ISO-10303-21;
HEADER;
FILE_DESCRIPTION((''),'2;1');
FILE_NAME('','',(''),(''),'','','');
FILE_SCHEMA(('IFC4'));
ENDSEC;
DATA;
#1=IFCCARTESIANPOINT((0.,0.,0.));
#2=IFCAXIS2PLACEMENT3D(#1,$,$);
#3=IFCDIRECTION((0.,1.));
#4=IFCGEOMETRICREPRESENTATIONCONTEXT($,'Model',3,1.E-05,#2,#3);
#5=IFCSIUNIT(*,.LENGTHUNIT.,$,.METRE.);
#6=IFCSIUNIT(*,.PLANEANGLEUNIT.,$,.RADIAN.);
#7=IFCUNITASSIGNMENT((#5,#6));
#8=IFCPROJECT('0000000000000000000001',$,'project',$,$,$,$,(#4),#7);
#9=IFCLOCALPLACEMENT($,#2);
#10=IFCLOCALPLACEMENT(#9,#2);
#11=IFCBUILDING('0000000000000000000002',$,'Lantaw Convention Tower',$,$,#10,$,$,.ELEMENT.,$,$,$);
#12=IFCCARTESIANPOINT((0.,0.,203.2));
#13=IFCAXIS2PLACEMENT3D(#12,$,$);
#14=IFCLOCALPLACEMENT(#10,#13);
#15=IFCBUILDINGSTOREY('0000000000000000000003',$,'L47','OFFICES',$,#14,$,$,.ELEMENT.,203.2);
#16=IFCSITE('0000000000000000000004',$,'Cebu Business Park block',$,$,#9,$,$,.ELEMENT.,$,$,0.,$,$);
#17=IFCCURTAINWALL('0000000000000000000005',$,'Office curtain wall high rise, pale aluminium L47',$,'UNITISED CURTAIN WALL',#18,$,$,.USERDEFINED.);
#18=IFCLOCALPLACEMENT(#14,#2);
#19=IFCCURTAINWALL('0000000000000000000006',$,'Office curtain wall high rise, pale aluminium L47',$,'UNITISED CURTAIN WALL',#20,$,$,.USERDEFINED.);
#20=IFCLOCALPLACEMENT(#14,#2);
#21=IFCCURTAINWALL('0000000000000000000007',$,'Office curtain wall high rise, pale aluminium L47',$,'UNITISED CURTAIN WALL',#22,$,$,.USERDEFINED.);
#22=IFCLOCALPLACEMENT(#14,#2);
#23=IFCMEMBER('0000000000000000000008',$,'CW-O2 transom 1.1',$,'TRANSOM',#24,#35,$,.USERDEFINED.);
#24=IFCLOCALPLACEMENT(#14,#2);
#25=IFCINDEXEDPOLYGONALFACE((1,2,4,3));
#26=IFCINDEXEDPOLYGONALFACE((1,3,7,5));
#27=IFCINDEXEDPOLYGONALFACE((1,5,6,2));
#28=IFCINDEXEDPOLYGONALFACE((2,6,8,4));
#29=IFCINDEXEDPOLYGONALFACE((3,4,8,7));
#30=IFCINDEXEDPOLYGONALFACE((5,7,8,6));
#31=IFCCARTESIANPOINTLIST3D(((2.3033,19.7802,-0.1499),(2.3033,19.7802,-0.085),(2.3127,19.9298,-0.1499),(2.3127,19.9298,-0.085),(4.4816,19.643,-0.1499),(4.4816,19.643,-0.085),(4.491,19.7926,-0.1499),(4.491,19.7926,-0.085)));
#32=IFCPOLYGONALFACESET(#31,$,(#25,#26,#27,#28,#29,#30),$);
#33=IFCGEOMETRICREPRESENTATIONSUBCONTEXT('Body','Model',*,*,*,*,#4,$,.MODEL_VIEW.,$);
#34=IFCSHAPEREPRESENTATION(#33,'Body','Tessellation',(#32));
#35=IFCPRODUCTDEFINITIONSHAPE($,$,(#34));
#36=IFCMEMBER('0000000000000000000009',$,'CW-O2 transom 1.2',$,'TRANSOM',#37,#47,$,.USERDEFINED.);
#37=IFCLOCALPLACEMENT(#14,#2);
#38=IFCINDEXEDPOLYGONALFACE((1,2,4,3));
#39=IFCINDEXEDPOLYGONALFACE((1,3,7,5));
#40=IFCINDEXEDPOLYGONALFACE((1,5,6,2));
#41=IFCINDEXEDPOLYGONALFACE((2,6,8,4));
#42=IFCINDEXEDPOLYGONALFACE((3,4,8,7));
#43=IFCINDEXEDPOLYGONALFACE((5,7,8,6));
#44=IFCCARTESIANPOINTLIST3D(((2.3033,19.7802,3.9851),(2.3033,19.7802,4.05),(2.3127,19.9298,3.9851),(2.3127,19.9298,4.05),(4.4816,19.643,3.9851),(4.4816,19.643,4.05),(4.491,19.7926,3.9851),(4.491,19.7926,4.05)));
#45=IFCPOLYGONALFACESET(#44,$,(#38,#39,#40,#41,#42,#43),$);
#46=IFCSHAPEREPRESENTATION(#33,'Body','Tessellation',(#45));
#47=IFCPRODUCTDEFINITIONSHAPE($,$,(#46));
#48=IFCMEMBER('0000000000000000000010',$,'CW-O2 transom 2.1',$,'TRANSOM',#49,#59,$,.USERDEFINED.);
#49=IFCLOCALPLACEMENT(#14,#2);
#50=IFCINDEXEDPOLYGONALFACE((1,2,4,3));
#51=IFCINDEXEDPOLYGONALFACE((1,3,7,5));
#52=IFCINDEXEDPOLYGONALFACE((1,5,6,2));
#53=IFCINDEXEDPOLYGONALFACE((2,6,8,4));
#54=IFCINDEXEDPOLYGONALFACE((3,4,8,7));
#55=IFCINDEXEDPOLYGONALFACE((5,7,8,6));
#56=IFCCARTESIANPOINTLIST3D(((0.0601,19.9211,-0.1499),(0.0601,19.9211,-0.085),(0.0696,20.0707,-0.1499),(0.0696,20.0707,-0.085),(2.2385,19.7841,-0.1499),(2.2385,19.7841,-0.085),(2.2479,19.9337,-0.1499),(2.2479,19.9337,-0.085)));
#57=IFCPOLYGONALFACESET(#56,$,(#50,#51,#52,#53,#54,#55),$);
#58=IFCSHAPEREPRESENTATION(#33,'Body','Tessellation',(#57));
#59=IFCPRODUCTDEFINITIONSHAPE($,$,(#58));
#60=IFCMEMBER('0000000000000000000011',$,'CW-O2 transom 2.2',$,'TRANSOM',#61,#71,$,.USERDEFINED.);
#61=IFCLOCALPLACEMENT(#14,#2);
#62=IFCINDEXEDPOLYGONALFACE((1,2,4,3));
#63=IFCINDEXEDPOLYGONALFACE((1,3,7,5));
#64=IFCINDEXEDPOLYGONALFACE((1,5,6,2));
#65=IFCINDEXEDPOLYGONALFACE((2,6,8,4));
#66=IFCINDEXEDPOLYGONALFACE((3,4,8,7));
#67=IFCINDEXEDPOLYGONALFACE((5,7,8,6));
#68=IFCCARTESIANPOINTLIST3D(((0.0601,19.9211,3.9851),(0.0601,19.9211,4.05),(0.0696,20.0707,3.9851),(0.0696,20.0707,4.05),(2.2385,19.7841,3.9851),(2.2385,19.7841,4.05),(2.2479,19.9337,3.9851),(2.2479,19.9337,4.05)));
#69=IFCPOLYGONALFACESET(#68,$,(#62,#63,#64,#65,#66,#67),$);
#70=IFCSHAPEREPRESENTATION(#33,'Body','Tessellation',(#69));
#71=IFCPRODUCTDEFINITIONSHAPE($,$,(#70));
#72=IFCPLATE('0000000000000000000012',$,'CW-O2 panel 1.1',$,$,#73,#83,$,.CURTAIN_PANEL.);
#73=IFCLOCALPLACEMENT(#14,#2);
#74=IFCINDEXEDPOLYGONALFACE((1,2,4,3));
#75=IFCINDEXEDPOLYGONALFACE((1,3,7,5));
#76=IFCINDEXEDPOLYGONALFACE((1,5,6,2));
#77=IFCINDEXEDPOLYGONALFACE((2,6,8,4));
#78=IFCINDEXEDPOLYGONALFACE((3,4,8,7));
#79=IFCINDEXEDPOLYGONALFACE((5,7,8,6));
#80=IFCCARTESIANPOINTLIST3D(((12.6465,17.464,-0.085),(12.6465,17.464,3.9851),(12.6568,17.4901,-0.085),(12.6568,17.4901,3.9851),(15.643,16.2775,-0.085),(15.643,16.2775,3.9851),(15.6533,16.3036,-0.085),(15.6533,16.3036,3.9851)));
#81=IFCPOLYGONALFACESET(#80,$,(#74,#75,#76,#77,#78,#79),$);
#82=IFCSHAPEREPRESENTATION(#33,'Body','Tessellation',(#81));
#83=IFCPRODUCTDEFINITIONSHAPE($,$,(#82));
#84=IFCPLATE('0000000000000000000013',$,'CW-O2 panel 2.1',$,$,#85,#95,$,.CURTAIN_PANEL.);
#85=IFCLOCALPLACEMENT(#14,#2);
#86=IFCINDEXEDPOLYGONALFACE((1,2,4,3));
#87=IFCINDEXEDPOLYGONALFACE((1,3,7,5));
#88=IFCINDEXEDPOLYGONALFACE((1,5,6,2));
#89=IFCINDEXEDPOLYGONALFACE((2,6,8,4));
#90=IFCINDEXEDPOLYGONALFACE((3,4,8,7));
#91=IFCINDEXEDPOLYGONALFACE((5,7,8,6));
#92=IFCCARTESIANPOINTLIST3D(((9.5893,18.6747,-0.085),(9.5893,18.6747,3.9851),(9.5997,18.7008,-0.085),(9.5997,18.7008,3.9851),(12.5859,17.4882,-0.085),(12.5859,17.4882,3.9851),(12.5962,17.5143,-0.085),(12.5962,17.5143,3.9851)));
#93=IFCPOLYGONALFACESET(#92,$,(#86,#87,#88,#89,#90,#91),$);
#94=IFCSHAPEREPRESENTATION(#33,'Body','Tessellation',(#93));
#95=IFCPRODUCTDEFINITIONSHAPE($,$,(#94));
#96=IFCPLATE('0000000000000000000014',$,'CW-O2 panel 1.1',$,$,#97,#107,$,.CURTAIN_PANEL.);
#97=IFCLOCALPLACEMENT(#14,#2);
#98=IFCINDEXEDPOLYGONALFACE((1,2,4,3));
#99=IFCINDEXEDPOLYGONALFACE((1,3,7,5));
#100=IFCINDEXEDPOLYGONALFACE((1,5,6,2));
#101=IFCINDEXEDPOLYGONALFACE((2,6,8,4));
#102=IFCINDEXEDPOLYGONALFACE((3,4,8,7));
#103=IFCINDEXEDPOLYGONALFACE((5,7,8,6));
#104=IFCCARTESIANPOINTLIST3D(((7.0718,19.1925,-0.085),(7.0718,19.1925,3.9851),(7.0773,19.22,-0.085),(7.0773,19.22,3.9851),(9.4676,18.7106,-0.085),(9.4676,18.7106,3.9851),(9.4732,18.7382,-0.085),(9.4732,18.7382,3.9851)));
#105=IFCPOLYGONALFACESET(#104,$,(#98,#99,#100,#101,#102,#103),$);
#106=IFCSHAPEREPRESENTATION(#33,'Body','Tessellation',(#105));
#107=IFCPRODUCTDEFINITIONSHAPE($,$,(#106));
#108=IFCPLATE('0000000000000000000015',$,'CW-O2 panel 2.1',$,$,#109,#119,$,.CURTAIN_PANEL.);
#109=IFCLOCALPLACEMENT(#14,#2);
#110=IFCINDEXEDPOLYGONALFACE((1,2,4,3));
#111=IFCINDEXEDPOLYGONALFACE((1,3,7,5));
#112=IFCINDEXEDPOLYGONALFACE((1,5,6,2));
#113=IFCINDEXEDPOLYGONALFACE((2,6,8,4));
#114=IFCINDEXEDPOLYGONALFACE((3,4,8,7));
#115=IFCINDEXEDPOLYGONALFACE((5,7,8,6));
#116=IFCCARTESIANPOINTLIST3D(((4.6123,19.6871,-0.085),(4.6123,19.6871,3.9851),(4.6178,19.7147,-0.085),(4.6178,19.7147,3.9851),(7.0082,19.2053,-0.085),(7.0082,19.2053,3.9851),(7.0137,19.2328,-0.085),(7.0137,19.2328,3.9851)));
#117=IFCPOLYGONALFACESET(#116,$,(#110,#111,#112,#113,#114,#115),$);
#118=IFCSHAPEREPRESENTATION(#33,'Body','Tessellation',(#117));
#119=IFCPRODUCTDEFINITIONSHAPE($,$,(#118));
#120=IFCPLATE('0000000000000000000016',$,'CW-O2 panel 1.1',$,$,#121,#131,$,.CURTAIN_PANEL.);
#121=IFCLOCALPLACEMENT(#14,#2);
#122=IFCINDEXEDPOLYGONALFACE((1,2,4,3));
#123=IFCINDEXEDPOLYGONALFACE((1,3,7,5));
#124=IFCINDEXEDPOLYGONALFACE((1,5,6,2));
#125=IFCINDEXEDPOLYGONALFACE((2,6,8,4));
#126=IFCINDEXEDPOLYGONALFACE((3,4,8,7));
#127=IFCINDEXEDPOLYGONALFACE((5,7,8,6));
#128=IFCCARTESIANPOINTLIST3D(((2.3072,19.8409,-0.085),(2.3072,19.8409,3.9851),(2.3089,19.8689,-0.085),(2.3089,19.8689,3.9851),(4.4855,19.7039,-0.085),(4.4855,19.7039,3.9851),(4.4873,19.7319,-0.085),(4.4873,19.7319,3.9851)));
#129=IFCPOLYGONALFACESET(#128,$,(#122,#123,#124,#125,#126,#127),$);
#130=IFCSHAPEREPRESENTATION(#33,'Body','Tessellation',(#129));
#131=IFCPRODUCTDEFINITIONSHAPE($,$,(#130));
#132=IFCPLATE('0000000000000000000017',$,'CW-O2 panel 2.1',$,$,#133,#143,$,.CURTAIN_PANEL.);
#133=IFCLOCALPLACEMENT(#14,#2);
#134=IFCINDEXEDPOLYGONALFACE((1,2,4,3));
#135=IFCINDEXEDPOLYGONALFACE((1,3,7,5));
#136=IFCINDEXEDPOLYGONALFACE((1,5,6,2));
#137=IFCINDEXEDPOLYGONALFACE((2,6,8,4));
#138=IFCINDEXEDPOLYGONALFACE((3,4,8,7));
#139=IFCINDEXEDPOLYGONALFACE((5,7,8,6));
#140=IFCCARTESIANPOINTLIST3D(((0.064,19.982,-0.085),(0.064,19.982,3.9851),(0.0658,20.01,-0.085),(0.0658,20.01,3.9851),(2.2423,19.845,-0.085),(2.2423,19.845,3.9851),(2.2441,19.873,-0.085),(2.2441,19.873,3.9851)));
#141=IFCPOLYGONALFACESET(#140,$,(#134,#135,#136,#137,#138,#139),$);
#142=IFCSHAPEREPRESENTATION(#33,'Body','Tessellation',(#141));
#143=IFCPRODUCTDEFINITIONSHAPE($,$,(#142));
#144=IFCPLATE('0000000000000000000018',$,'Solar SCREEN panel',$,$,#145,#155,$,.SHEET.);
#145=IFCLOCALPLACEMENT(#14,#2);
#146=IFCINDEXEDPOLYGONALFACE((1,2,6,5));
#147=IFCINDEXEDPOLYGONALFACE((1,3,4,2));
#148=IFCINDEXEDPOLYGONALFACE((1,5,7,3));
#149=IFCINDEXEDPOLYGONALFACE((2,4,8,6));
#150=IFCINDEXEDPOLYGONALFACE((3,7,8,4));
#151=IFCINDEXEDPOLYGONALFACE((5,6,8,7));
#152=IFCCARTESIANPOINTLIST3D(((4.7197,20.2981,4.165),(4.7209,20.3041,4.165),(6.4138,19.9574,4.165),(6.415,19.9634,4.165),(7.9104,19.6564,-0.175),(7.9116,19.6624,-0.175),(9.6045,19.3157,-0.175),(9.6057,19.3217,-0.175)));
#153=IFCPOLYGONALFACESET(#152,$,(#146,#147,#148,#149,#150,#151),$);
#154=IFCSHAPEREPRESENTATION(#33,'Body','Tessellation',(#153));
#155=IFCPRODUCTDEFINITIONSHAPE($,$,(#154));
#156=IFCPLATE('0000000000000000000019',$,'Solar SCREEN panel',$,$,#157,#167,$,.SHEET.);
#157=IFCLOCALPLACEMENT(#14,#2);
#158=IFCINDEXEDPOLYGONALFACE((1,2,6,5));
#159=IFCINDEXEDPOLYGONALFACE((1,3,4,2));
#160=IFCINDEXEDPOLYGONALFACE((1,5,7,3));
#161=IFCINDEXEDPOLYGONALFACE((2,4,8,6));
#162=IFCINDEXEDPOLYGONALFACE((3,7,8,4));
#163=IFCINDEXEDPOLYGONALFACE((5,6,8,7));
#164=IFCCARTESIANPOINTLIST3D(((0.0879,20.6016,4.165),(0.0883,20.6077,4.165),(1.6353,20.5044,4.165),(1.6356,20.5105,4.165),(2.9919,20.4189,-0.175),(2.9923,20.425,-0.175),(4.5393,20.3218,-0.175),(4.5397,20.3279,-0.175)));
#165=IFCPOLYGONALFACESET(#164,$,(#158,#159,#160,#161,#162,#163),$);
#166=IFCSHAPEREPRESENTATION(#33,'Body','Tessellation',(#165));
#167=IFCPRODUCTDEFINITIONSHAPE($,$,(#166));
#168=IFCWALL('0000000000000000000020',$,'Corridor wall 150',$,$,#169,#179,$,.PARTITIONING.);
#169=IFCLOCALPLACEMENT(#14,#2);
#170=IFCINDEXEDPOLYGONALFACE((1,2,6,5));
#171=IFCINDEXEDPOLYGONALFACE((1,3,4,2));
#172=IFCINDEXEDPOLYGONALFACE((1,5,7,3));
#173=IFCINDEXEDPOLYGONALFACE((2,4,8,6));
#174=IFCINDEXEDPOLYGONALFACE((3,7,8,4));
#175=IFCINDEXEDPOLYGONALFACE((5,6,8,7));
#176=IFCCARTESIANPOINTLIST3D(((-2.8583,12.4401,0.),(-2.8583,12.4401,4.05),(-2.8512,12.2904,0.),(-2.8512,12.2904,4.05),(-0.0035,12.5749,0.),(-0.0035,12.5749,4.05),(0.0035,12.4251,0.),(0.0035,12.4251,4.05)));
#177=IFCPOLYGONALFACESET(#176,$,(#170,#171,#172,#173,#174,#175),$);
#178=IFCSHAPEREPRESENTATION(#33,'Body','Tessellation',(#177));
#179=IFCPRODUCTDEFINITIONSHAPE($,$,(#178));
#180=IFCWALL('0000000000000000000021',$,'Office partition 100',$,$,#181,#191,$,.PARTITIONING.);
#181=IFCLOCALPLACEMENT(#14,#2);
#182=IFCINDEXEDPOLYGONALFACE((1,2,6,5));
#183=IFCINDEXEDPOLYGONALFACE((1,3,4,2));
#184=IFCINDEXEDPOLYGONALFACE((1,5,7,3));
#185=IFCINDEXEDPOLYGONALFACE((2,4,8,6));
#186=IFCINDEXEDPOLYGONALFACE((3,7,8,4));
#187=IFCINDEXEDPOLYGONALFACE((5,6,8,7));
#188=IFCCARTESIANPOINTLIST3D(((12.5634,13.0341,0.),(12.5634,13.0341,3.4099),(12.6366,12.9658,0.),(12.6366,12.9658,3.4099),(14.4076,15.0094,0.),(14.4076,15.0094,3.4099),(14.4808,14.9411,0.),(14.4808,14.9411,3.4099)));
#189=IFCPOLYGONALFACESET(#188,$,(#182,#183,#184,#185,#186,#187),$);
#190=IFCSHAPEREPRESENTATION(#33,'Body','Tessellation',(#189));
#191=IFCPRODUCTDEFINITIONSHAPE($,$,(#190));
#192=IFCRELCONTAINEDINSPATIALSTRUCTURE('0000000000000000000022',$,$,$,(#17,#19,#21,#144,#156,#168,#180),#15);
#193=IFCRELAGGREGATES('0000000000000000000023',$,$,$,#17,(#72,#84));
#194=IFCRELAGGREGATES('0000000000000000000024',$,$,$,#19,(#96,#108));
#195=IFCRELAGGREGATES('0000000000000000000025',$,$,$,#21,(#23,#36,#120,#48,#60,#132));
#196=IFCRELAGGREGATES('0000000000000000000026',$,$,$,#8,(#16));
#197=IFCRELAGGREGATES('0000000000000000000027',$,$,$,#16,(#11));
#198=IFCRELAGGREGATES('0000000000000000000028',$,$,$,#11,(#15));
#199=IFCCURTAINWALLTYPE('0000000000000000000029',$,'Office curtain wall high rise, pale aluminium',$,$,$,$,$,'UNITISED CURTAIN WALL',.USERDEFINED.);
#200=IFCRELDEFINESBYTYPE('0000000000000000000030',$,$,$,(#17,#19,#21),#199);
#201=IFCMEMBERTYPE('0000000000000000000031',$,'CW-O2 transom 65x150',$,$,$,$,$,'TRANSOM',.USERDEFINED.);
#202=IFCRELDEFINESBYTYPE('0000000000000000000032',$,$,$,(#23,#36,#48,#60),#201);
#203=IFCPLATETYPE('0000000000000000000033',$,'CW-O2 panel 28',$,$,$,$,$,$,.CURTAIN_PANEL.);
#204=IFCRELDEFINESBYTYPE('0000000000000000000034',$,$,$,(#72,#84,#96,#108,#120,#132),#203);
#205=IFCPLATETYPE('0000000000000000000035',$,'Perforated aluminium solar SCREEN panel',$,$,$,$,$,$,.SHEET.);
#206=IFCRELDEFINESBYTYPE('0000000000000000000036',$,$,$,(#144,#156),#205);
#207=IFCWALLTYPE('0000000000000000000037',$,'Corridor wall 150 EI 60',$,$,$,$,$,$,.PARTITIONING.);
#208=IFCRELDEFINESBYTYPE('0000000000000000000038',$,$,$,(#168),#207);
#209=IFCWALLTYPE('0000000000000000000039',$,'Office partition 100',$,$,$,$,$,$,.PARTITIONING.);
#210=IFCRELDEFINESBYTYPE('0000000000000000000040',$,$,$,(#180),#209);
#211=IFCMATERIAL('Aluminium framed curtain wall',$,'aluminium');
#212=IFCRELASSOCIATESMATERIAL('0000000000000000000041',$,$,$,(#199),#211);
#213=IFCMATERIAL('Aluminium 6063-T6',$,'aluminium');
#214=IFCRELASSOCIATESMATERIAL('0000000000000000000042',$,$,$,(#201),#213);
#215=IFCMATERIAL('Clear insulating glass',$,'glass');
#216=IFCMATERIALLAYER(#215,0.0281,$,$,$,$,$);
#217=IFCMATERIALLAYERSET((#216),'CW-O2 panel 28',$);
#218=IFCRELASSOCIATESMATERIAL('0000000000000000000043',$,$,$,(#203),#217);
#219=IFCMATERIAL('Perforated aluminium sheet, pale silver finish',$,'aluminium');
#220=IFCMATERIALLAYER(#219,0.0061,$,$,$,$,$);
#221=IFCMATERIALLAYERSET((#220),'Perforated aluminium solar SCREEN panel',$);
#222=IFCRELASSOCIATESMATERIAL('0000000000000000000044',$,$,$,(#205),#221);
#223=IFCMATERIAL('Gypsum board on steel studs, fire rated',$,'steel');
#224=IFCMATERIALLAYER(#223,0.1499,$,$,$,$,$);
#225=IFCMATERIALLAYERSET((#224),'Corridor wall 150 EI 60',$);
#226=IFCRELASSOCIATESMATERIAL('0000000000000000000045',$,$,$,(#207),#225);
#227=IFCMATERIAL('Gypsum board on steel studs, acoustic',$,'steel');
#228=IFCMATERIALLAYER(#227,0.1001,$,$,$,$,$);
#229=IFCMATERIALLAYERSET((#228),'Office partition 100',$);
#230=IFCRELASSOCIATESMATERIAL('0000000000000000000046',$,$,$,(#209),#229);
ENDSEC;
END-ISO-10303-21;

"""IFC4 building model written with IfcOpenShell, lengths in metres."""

from ifc_helpers import new_model, si_unit, direction, frame, frame_2d, origin, origin_2d, place, context, subcontext, project, spatial, polyline, rectangle, outline, extrude, material, layer, layer_set, material_profile, profile_set, type_object, element, aggregate, save


model = new_model("IFC4")

# Units and contexts
model_context = context("Model", 3, precision=1e-05, world=origin(), true_north=direction((0.0, 1.0)))
body_context = subcontext(model_context, "Body", "Model", "MODEL_VIEW")
ifc_project = project(units=[si_unit("LENGTHUNIT", "METRE"), si_unit("PLANEANGLEUNIT", "RADIAN")], contexts=[model_context])

# Site, building, storey
site_placement = place(None, origin())
site = spatial("IfcSite", under=ifc_project, at=site_placement, Name="Cebu Business Park block", CompositionType="ELEMENT", RefElevation=0.0)
building_placement = place(site_placement, origin())
building = spatial("IfcBuilding", under=site, at=building_placement, Name="Lantaw Convention Tower", CompositionType="ELEMENT")
storey_placement = place(building_placement, frame((0.0, 0.0, 203.2)))
storey = spatial("IfcBuildingStorey", under=building, at=storey_placement, Name="L47", Description="OFFICES", CompositionType="ELEMENT", Elevation=203.2)

# Curtain walls
ifc_material_1 = material(Name="Aluminium framed curtain wall", Category="aluminium")
curtain_wall_type = type_object("IfcCurtainWallType", Name="Office curtain wall high rise, pale aluminium", ElementType="UNITISED CURTAIN WALL", PredefinedType="USERDEFINED", material=ifc_material_1)
curtain_wall_1_placement = place(storey_placement, origin())
curtain_wall_1 = element("IfcCurtainWall", 1, at=curtain_wall_1_placement, inside=storey, type_object=curtain_wall_type, Name="Office curtain wall high rise, pale aluminium L47", ObjectType="UNITISED CURTAIN WALL", PredefinedType="USERDEFINED")
ifc_material_2 = material(Name="Aluminium 6063-T6", Category="aluminium")
curtain_wall_2_placement = place(storey_placement, origin())
curtain_wall_2 = element("IfcCurtainWall", 2, at=curtain_wall_2_placement, inside=storey, type_object=curtain_wall_type, Name="Office curtain wall high rise, pale aluminium L47", ObjectType="UNITISED CURTAIN WALL", PredefinedType="USERDEFINED")
curtain_wall_3_placement = place(storey_placement, origin())
curtain_wall_3 = element("IfcCurtainWall", 3, at=curtain_wall_3_placement, inside=storey, type_object=curtain_wall_type, Name="Office curtain wall high rise, pale aluminium L47", ObjectType="UNITISED CURTAIN WALL", PredefinedType="USERDEFINED")

# Members
ifc_material_profile_1 = material_profile(ifc_material_2, rectangle(XDim=0.1499, YDim=0.0649, at=origin_2d()), Name="CW-O2 transom 65x150")
ifc_profile_set_1 = profile_set([ifc_material_profile_1], Name="Aluminium 6063-T6")
member_type_1 = type_object("IfcMemberType", Name="CW-O2 transom 65x150", ElementType="TRANSOM", PredefinedType="USERDEFINED", material=ifc_profile_set_1)
member_1_placement = place(storey_placement, frame((4.4863, 19.7178, -0.1174), z_axis=(-0.998022, 0.062866, 0.0), x_axis=(-0.062866, -0.998022, 0.0)))
member_1 = element("IfcMember", 4, at=member_1_placement, type_object=member_type_1, Name="CW-O2 transom 1.1", ObjectType="TRANSOM", PredefinedType="USERDEFINED", context=body_context, shape_type="SweptSolid", body=[
    extrude(rectangle(XDim=0.1499, YDim=0.0649, at=origin_2d()), origin(), (0.0, 0.0, 1.0), 2.1826),
])
member_2_placement = place(storey_placement, frame((4.4863, 19.7178, 4.0176), z_axis=(-0.998022, 0.062866, 0.0), x_axis=(-0.062866, -0.998022, 0.0)))
member_2 = element("IfcMember", 5, at=member_2_placement, type_object=member_type_1, Name="CW-O2 transom 1.2", ObjectType="TRANSOM", PredefinedType="USERDEFINED", context=body_context, shape_type="SweptSolid", body=[
    extrude(rectangle(XDim=0.1499, YDim=0.0649, at=origin_2d()), origin(), (0.0, 0.0, 1.0), 2.1826),
])
member_3_placement = place(storey_placement, frame((2.2432, 19.8589, -0.1174), z_axis=(-0.998029, 0.062754, 0.0), x_axis=(-0.062754, -0.998029, 0.0)))
member_3 = element("IfcMember", 6, at=member_3_placement, type_object=member_type_1, Name="CW-O2 transom 2.1", ObjectType="TRANSOM", PredefinedType="USERDEFINED", context=body_context, shape_type="SweptSolid", body=[
    extrude(rectangle(XDim=0.1499, YDim=0.0649, at=origin_2d()), origin(), (0.0, 0.0, 1.0), 2.1826),
])
member_4_placement = place(storey_placement, frame((2.2432, 19.8589, 4.0176), z_axis=(-0.998029, 0.062754, 0.0), x_axis=(-0.062754, -0.998029, 0.0)))
member_4 = element("IfcMember", 7, at=member_4_placement, type_object=member_type_1, Name="CW-O2 transom 2.2", ObjectType="TRANSOM", PredefinedType="USERDEFINED", context=body_context, shape_type="SweptSolid", body=[
    extrude(rectangle(XDim=0.1499, YDim=0.0649, at=origin_2d()), origin(), (0.0, 0.0, 1.0), 2.1826),
])

# Plates
ifc_material_3 = material(Name="Clear insulating glass", Category="glass")
ifc_layer_1 = layer(ifc_material_3, 0.0281)
ifc_layer_set_1 = layer_set([ifc_layer_1], Name="CW-O2 panel 28")
plate_type_1 = type_object("IfcPlateType", Name="CW-O2 panel 28", PredefinedType="CURTAIN_PANEL", material=ifc_layer_set_1)
plate_1_placement = place(storey_placement, frame((14.1499, 16.8838, -0.085), z_axis=(0.0, 0.0, 1.0), x_axis=(-0.929762, 0.368162, 0.0)))
plate_1 = element("IfcPlate", 8, at=plate_1_placement, type_object=plate_type_1, Name="CW-O2 panel 1.1", PredefinedType="CURTAIN_PANEL", context=body_context, shape_type="SweptSolid", body=[
    extrude(rectangle(XDim=3.2229, YDim=0.0281, at=origin_2d()), origin(), (0.0, 0.0, 1.0), 4.0701),
])
plate_2_placement = place(storey_placement, frame((11.0928, 18.0945, -0.085), z_axis=(0.0, 0.0, 1.0), x_axis=(-0.929762, 0.368162, 0.0)))
plate_2 = element("IfcPlate", 9, at=plate_2_placement, type_object=plate_type_1, Name="CW-O2 panel 2.1", PredefinedType="CURTAIN_PANEL", context=body_context, shape_type="SweptSolid", body=[
    extrude(rectangle(XDim=3.2229, YDim=0.0281, at=origin_2d()), origin(), (0.0, 0.0, 1.0), 4.0701),
])
aggregate(curtain_wall_1, [plate_1, plate_2])
plate_3_placement = place(storey_placement, frame((8.2725, 18.9653, -0.085), z_axis=(0.0, 0.0, 1.0), x_axis=(-0.980367, 0.197183, 0.0)))
plate_3 = element("IfcPlate", 10, at=plate_3_placement, type_object=plate_type_1, Name="CW-O2 panel 1.1", PredefinedType="CURTAIN_PANEL", context=body_context, shape_type="SweptSolid", body=[
    extrude(rectangle(XDim=2.4438, YDim=0.0281, at=origin_2d()), origin(), (0.0, 0.0, 1.0), 4.0701),
])
plate_4_placement = place(storey_placement, frame((5.813, 19.46, -0.085), z_axis=(0.0, 0.0, 1.0), x_axis=(-0.980367, 0.197183, 0.0)))
plate_4 = element("IfcPlate", 11, at=plate_4_placement, type_object=plate_type_1, Name="CW-O2 panel 2.1", PredefinedType="CURTAIN_PANEL", context=body_context, shape_type="SweptSolid", body=[
    extrude(rectangle(XDim=2.4438, YDim=0.0281, at=origin_2d()), origin(), (0.0, 0.0, 1.0), 4.0701),
])
aggregate(curtain_wall_2, [plate_3, plate_4])
plate_5_placement = place(storey_placement, frame((3.3972, 19.7864, -0.085), z_axis=(0.0, 0.0, 1.0), x_axis=(-0.998029, 0.062758, 0.0)))
plate_5 = element("IfcPlate", 12, at=plate_5_placement, type_object=plate_type_1, Name="CW-O2 panel 1.1", PredefinedType="CURTAIN_PANEL", context=body_context, shape_type="SweptSolid", body=[
    extrude(rectangle(XDim=2.1826, YDim=0.0281, at=origin_2d()), origin(), (0.0, 0.0, 1.0), 4.0701),
])
plate_6_placement = place(storey_placement, frame((1.1541, 19.9275, -0.085), z_axis=(0.0, 0.0, 1.0), x_axis=(-0.998029, 0.062758, 0.0)))
plate_6 = element("IfcPlate", 13, at=plate_6_placement, type_object=plate_type_1, Name="CW-O2 panel 2.1", PredefinedType="CURTAIN_PANEL", context=body_context, shape_type="SweptSolid", body=[
    extrude(rectangle(XDim=2.1826, YDim=0.0281, at=origin_2d()), origin(), (0.0, 0.0, 1.0), 4.0701),
])
aggregate(curtain_wall_3, [member_1, member_2, plate_5, member_3, member_4, plate_6])

# Plates
ifc_material_4 = material(Name="Perforated aluminium sheet, pale silver finish", Category="aluminium")
ifc_layer_2 = layer(ifc_material_4, 0.0061)
ifc_layer_set_2 = layer_set([ifc_layer_2], Name="Perforated aluminium solar SCREEN panel")
plate_type_2 = type_object("IfcPlateType", Name="Perforated aluminium solar SCREEN panel", PredefinedType="SHEET", material=ifc_layer_set_2)
plate_7_placement = place(storey_placement, frame((9.6045, 19.3157, -0.175), z_axis=(-0.197162, -0.980371, 0.000011), x_axis=(-0.980371, 0.197162, 0.0)))
element("IfcPlate", 14, at=plate_7_placement, inside=storey, type_object=plate_type_2, Name="Solar SCREEN panel", PredefinedType="SHEET", context=body_context, shape_type="SweptSolid", body=[
    extrude(outline(polyline([(0.0, 0.0), (1.728, 0.0), (4.9826, -4.3401), (3.2545, -4.3401), (0.0, 0.0)])), origin(), (0.0, 0.0, -1.0), 0.0061),
])
plate_8_placement = place(storey_placement, frame((4.5393, 20.3218, -0.175), z_axis=(-0.062672, -0.998034, 0.000059), x_axis=(-0.998034, 0.062672, 0.0)))
element("IfcPlate", 15, at=plate_8_placement, inside=storey, type_object=plate_type_2, Name="Solar SCREEN panel", PredefinedType="SHEET", context=body_context, shape_type="SweptSolid", body=[
    extrude(outline(polyline([(0.0, 0.0), (1.5504, 0.0), (4.4602, -4.3401), (2.9098, -4.3401), (0.0, 0.0)])), origin(), (0.0, 0.0, -1.0), 0.0061),
])

# Walls
ifc_material_5 = material(Name="Gypsum board on steel studs, fire rated", Category="steel")
ifc_layer_3 = layer(ifc_material_5, 0.1499)
ifc_layer_set_3 = layer_set([ifc_layer_3], Name="Corridor wall 150 EI 60")
wall_type_1 = type_object("IfcWallType", Name="Corridor wall 150 EI 60", PredefinedType="PARTITIONING", material=ifc_layer_set_3)
wall_1_placement = place(storey_placement, frame((0.0, 12.5, 0.0), z_axis=(0.0, 0.0, 1.0), x_axis=(-0.998888, -0.047155, 0.0)))
element("IfcWall", 16, at=wall_1_placement, inside=storey, type_object=wall_type_1, Name="Corridor wall 150", PredefinedType="PARTITIONING", context=body_context, shape_type="SweptSolid", body=[
    extrude(rectangle(XDim=2.8579, YDim=0.1499, at=frame_2d((1.429, 0.0))), origin(), (0.0, 0.0, 1.0), 4.05),
])
ifc_material_6 = material(Name="Gypsum board on steel studs, acoustic", Category="steel")
ifc_layer_4 = layer(ifc_material_6, 0.1001)
ifc_layer_set_4 = layer_set([ifc_layer_4], Name="Office partition 100")
wall_type_2 = type_object("IfcWallType", Name="Office partition 100", PredefinedType="PARTITIONING", material=ifc_layer_set_4)
wall_2_placement = place(storey_placement, frame((12.6001, 13.0, 0.0), z_axis=(0.0, 0.0, 1.0), x_axis=(0.682434, 0.730947, 0.0)))
element("IfcWall", 17, at=wall_2_placement, inside=storey, type_object=wall_type_2, Name="Office partition 100", PredefinedType="PARTITIONING", context=body_context, shape_type="SweptSolid", body=[
    extrude(rectangle(XDim=2.7024, YDim=0.1001, at=frame_2d((1.3511, 0.0))), origin(), (0.0, 0.0, 1.0), 3.4099),
])

save(model, "model.ifc")
